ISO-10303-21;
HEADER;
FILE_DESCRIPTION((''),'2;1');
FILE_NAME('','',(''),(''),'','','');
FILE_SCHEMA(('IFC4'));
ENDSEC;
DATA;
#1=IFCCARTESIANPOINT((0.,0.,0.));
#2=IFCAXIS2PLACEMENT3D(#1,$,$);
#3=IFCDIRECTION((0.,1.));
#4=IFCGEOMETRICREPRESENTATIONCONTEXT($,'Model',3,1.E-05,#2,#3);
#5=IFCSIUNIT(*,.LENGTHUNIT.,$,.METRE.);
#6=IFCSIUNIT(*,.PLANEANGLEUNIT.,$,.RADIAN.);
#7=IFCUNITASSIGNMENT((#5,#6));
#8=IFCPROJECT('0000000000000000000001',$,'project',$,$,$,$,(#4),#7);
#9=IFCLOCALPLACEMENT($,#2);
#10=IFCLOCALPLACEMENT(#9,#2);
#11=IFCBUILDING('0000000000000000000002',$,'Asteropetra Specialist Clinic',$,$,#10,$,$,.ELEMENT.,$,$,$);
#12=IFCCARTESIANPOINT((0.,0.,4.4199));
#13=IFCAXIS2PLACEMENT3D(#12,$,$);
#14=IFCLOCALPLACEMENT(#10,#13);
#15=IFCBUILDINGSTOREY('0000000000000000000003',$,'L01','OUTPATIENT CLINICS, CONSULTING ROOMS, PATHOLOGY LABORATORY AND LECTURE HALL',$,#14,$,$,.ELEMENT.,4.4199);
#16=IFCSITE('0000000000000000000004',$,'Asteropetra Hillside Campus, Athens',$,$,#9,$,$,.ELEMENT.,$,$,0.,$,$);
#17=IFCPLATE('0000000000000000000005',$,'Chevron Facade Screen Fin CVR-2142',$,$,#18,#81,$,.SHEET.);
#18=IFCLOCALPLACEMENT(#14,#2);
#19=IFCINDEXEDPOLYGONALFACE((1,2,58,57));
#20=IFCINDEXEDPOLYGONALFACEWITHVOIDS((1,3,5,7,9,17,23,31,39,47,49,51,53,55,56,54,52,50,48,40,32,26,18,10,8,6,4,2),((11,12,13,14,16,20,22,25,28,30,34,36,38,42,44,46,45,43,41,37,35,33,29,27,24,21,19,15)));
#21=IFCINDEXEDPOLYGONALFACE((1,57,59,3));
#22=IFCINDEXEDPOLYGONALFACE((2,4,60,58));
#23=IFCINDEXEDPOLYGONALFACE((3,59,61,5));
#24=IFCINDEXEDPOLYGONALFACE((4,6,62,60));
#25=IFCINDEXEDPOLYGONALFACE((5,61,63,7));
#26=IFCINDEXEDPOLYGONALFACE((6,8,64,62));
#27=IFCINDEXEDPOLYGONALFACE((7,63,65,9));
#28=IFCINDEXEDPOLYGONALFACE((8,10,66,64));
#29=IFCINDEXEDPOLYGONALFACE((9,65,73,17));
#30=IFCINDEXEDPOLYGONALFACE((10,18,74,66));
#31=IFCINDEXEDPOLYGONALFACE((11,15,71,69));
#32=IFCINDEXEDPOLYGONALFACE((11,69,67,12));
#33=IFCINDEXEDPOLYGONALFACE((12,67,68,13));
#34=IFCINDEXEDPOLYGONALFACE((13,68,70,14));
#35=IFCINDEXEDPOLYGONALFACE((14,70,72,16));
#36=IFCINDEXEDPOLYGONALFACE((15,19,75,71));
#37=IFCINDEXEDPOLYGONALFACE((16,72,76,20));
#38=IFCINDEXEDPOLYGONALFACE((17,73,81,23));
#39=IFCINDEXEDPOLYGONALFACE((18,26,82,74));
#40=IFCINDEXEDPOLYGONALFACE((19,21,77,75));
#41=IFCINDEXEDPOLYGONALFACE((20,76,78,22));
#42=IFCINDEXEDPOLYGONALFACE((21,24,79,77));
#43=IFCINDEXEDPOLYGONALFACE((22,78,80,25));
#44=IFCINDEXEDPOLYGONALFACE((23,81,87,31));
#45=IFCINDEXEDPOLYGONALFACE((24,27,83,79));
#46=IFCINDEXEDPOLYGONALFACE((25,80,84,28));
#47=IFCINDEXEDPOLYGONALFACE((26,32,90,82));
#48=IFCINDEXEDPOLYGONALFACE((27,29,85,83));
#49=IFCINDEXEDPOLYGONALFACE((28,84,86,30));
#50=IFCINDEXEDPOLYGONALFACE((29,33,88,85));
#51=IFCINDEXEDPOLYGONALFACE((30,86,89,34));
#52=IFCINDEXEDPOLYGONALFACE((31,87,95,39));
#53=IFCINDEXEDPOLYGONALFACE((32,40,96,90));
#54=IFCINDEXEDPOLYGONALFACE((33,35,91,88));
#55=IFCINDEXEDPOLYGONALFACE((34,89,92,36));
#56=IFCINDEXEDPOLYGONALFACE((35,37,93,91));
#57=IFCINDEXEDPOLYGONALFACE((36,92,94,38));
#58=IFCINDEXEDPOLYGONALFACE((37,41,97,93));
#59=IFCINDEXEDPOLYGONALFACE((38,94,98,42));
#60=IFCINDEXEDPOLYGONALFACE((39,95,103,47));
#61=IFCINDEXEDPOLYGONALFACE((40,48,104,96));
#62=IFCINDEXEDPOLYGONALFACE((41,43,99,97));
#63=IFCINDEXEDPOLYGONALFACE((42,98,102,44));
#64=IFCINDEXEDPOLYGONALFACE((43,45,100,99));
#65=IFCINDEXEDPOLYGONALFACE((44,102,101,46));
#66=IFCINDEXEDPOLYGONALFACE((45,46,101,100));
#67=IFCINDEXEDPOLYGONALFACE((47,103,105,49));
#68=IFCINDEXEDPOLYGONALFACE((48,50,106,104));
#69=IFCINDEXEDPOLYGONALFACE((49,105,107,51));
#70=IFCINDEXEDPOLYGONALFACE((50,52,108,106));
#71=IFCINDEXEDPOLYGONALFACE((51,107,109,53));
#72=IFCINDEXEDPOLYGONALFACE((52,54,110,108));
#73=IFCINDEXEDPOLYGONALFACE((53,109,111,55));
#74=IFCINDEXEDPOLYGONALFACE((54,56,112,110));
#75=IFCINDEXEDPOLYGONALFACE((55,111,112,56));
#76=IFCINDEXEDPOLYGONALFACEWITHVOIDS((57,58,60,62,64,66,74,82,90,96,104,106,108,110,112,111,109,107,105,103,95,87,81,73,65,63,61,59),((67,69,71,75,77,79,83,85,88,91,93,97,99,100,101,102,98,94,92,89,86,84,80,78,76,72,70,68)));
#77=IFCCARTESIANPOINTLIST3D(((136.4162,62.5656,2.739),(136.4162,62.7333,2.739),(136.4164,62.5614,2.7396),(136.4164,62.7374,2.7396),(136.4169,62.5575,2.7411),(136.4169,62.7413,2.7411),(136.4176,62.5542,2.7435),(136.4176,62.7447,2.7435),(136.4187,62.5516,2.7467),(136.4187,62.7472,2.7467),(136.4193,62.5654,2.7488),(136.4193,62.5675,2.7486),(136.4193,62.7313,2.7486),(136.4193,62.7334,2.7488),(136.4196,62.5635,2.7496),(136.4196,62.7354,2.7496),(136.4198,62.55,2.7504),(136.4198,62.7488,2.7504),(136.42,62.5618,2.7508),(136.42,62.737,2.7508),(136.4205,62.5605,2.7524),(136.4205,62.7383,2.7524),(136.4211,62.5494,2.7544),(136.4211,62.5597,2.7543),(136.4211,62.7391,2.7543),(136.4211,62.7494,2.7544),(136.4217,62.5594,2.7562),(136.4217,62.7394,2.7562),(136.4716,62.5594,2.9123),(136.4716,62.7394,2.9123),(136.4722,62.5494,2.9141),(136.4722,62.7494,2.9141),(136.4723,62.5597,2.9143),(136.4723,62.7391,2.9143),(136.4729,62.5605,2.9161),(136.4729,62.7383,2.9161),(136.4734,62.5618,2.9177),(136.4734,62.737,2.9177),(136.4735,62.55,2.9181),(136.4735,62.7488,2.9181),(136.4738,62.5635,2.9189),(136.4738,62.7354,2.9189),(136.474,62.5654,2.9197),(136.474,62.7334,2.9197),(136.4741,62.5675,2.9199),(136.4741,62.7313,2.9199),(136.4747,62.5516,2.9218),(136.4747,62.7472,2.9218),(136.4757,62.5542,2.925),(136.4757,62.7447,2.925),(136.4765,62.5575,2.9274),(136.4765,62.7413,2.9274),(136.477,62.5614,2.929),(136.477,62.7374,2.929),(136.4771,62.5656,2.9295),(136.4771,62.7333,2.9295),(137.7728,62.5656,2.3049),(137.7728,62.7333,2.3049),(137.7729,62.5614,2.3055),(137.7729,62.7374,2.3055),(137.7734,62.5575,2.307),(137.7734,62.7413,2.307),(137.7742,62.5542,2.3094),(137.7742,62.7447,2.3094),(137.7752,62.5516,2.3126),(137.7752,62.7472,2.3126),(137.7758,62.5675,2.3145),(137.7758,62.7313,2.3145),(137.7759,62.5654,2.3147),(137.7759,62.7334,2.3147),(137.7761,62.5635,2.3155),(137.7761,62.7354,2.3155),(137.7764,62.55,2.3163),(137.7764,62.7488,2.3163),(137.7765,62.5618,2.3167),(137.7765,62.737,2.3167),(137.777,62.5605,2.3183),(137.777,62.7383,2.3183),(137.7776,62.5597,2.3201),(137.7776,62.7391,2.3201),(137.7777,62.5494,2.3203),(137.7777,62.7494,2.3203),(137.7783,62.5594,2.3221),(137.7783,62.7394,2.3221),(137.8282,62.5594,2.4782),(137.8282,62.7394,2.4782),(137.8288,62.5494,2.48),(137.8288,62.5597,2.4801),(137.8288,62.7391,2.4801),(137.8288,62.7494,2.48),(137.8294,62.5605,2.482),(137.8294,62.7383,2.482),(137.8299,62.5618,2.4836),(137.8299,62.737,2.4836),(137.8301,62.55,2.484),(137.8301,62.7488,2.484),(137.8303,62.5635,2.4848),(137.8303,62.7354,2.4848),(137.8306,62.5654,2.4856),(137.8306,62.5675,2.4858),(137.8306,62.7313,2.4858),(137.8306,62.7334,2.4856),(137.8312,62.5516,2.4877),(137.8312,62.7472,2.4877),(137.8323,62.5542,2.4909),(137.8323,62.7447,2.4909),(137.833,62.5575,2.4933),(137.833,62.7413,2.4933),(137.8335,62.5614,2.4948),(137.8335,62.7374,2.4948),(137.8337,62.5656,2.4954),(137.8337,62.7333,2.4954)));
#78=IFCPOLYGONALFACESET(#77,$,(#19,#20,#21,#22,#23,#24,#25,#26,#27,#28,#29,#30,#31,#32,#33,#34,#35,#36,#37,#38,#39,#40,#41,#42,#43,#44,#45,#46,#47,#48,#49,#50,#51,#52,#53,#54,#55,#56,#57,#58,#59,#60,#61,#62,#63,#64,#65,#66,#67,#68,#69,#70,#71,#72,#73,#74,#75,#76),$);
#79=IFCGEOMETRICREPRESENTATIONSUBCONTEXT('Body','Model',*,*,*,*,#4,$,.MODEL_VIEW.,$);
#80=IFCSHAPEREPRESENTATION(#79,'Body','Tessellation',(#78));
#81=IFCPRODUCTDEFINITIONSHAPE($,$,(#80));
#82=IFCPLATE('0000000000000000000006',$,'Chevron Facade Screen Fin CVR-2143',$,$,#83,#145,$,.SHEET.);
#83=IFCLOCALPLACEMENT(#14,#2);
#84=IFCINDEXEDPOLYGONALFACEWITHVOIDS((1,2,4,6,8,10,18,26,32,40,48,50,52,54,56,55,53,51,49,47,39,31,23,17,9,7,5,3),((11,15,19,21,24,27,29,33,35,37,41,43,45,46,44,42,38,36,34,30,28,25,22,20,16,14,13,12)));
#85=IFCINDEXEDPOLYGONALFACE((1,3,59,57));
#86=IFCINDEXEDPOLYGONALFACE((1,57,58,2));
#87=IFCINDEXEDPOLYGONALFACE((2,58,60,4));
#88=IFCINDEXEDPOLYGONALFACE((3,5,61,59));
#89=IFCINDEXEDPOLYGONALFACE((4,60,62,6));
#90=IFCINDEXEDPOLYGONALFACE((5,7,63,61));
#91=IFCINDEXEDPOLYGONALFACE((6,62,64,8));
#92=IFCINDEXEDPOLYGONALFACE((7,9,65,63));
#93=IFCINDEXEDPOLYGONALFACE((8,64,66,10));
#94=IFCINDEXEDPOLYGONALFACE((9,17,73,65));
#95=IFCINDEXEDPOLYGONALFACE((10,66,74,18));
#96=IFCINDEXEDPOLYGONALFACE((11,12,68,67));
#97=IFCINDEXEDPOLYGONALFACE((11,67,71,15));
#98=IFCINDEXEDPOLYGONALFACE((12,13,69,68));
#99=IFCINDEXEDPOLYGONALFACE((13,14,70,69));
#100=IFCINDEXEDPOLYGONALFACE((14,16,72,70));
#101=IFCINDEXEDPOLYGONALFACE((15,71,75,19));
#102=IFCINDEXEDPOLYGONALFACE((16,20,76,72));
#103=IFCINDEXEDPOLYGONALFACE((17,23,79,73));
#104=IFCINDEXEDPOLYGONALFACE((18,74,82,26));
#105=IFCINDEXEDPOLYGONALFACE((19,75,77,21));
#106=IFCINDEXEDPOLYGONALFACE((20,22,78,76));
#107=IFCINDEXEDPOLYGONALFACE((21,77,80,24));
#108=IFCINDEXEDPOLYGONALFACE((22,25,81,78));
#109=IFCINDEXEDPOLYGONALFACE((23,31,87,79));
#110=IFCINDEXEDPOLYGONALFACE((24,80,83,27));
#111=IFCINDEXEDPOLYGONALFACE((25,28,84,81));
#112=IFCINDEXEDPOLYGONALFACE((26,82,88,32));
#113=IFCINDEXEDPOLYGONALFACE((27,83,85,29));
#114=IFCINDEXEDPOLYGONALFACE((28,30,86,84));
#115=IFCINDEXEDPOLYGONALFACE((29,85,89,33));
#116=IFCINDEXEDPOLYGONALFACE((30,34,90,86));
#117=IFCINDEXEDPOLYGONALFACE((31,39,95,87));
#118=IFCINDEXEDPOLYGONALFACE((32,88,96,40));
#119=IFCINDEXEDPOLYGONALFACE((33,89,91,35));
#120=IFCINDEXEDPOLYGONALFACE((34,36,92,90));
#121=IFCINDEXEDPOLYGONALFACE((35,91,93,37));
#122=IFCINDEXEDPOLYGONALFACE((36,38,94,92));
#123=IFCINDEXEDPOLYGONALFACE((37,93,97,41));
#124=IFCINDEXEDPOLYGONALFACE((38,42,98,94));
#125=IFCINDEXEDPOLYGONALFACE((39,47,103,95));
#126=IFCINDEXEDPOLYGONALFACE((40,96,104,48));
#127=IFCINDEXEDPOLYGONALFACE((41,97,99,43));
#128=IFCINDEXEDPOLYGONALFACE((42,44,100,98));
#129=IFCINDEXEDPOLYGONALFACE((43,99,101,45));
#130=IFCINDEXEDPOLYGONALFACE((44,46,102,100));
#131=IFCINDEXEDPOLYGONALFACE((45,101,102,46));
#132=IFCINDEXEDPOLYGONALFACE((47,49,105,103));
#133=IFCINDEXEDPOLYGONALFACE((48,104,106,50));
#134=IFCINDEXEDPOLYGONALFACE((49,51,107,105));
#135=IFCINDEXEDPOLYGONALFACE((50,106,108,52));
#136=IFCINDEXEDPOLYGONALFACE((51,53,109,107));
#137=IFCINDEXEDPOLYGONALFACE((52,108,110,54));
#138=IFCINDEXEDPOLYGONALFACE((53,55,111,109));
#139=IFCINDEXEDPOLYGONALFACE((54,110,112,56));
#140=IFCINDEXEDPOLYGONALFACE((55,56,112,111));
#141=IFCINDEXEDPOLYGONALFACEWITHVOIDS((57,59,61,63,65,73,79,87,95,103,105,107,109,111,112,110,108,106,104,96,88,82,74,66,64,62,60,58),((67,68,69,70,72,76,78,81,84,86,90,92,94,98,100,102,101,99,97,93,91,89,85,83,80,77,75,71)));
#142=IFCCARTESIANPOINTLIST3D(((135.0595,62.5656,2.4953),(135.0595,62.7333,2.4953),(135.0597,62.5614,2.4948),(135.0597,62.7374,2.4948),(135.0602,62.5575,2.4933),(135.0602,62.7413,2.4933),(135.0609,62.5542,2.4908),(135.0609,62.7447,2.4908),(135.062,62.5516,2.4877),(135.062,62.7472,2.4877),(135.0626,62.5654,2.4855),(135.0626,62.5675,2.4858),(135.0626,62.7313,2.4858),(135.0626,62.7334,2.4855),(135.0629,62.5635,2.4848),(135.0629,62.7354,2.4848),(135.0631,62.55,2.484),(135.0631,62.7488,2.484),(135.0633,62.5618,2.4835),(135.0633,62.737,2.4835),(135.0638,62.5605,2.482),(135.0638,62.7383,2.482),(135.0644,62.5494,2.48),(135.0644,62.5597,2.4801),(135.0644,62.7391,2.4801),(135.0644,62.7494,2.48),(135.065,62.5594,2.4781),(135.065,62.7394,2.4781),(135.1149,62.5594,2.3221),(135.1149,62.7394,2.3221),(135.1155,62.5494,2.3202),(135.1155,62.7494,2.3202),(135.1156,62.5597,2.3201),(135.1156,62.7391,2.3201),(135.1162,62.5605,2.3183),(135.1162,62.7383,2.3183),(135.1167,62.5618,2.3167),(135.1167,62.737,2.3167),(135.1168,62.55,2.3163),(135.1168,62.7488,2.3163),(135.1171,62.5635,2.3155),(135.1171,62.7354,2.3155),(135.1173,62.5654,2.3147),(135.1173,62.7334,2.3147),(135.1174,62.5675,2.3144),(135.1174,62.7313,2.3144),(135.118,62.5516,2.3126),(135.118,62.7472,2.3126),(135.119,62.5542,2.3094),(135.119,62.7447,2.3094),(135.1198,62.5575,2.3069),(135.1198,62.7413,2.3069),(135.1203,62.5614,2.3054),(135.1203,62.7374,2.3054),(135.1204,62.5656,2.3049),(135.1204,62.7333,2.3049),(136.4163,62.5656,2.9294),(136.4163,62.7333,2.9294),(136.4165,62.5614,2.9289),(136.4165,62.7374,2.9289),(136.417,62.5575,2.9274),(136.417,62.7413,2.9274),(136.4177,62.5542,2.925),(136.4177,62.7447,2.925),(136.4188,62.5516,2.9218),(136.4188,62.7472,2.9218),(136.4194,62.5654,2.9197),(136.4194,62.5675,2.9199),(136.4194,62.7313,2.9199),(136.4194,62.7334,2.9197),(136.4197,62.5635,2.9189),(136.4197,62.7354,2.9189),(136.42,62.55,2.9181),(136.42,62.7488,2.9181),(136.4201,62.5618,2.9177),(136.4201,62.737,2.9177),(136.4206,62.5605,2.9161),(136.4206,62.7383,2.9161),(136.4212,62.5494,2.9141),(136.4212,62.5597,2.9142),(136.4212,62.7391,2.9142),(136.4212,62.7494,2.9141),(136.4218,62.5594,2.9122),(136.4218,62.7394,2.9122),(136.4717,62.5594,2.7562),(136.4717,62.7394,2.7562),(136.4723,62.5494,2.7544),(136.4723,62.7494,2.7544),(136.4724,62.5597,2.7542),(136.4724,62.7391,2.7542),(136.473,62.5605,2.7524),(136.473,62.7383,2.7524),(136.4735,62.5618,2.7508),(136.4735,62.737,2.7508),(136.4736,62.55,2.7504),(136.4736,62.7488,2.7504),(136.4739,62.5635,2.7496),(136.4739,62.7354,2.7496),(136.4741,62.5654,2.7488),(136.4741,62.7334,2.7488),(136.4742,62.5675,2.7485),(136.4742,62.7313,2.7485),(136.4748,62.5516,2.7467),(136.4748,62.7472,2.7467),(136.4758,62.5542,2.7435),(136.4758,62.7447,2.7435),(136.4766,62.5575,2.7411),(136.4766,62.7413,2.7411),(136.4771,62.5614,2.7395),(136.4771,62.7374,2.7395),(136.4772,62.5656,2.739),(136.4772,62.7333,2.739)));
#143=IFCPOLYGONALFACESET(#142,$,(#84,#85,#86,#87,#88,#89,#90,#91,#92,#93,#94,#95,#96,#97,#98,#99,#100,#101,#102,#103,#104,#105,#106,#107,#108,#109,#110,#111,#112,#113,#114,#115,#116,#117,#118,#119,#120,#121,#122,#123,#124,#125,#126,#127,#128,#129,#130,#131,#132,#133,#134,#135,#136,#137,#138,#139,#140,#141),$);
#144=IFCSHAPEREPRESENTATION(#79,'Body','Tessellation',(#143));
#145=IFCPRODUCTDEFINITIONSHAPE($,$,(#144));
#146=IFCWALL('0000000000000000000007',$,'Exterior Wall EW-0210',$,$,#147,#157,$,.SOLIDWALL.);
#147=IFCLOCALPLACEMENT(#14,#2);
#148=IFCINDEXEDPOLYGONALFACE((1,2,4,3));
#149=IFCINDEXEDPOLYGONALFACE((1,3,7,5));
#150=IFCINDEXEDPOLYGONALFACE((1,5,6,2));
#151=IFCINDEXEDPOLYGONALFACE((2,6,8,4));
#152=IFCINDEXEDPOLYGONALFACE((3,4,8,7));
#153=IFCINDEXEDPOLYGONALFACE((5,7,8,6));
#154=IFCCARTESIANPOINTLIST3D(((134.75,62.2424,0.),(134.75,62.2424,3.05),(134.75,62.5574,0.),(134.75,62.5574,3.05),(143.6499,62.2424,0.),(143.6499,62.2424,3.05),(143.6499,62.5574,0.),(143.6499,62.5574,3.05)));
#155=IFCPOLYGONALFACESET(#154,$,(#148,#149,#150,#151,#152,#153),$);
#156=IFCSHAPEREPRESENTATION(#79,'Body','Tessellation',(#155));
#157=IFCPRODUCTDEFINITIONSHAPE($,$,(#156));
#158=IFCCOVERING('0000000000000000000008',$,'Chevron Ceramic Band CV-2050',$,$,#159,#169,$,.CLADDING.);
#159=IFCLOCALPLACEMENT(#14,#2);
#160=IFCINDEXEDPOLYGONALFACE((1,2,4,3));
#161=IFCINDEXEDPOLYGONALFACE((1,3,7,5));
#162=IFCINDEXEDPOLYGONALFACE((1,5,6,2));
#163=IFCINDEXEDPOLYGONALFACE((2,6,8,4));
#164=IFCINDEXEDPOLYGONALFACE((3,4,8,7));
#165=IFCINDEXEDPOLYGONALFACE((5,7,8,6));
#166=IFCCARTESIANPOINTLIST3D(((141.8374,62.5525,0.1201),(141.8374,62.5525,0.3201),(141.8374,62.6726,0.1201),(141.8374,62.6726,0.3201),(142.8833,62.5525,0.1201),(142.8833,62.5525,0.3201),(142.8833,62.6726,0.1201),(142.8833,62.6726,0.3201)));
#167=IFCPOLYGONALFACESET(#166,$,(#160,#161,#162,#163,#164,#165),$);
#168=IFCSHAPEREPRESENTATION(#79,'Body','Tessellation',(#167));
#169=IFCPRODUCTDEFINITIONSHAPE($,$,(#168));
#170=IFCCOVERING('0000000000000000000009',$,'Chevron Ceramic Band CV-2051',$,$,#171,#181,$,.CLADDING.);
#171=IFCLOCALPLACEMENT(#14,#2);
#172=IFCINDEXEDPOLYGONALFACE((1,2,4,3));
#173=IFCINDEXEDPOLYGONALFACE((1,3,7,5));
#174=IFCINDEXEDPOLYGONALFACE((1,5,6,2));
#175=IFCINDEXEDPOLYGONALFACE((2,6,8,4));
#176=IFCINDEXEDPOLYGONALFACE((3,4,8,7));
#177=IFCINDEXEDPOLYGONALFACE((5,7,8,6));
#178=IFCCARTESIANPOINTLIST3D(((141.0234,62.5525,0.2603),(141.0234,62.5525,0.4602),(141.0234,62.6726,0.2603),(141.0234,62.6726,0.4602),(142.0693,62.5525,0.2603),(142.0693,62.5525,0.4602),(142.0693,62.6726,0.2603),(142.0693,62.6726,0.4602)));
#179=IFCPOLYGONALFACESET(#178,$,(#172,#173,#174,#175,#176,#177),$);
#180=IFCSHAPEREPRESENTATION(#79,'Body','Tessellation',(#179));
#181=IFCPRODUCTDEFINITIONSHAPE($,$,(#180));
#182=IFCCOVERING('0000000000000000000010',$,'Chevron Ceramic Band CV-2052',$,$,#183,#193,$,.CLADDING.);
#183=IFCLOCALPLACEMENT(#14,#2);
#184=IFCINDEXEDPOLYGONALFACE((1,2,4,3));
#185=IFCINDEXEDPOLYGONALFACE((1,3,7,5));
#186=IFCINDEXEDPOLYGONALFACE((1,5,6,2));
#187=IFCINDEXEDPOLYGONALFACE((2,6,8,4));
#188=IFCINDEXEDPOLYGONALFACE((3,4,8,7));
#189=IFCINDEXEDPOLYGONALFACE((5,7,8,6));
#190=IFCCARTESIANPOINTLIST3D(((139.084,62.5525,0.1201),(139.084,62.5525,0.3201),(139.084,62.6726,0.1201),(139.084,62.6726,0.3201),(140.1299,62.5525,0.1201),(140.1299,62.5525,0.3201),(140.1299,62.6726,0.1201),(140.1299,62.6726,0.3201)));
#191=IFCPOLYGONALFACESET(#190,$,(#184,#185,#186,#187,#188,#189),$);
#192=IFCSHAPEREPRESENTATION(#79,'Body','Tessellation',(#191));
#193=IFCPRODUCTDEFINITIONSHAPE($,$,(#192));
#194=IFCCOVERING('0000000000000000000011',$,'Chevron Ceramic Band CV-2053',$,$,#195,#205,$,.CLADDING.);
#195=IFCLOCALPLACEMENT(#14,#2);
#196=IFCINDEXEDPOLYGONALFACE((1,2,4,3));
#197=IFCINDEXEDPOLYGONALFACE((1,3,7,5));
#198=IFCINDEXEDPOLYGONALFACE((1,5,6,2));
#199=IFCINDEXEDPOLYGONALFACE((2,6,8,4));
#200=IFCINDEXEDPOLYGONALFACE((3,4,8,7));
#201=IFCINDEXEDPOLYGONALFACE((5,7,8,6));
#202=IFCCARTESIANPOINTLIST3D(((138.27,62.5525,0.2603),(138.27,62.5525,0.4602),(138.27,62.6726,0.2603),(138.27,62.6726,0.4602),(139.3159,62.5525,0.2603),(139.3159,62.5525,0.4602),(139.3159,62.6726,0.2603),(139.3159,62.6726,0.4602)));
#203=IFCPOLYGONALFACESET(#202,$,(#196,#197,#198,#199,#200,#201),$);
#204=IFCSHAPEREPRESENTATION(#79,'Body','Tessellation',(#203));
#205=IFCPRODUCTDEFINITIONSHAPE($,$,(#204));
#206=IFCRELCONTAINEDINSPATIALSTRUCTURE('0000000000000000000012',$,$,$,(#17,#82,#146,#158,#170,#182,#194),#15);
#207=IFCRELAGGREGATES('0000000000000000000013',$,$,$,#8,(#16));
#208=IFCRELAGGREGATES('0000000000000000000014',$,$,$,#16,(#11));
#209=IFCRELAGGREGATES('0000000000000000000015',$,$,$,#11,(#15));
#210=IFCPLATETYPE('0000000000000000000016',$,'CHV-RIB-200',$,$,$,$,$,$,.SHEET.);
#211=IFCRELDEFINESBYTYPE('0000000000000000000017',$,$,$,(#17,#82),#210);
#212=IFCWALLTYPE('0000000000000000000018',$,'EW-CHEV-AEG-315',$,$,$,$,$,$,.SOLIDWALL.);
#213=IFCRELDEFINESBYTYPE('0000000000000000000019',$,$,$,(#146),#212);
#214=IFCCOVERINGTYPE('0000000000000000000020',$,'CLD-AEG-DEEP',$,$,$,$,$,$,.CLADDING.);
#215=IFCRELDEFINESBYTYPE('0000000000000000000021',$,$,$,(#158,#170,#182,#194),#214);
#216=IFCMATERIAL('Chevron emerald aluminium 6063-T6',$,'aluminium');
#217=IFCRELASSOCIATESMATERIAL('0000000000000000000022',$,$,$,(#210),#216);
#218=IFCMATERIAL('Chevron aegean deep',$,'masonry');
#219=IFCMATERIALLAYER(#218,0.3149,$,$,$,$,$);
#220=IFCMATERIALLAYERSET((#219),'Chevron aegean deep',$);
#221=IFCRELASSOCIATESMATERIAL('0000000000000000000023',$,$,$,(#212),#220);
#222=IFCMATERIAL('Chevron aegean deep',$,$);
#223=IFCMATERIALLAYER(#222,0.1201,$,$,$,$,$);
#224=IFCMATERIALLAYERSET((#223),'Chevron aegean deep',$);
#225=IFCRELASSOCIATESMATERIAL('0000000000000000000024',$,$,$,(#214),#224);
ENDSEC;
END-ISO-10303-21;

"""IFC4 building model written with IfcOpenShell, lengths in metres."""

from ifc_helpers import new_model, si_unit, direction, frame, frame_2d, origin, origin_2d, place, context, subcontext, project, spatial, rectangle, hollow_rectangle, extrude, material, layer, layer_set, material_profile, profile_set, type_object, element, save


model = new_model("IFC4")

# Units and contexts
model_context = context("Model", 3, precision=1e-05, world=origin(), true_north=direction((0.0, 1.0)))
body_context = subcontext(model_context, "Body", "Model", "MODEL_VIEW")
ifc_project = project(units=[si_unit("LENGTHUNIT", "METRE"), si_unit("PLANEANGLEUNIT", "RADIAN")], contexts=[model_context])

# Site, building, storey
site_placement = place(None, origin())
site = spatial("IfcSite", under=ifc_project, at=site_placement, Name="Asteropetra Hillside Campus, Athens", CompositionType="ELEMENT", RefElevation=0.0)
building_placement = place(site_placement, origin())
building = spatial("IfcBuilding", under=site, at=building_placement, Name="Asteropetra Specialist Clinic", CompositionType="ELEMENT")
storey_placement = place(building_placement, frame((0.0, 0.0, 4.4199)))
storey = spatial("IfcBuildingStorey", under=building, at=storey_placement, Name="L01", Description="OUTPATIENT CLINICS, CONSULTING ROOMS, PATHOLOGY LABORATORY AND LECTURE HALL", CompositionType="ELEMENT", Elevation=4.4199)

# Plates
ifc_material_1 = material(Name="Chevron emerald aluminium 6063-T6", Category="aluminium")
ifc_material_profile_1 = material_profile(ifc_material_1, hollow_rectangle(XDim=0.2, YDim=0.2, WallThickness=0.01, InnerFilletRadius=0.0081, OuterFilletRadius=0.0161, at=origin_2d()), Name="SHS 200x200x10.0")
ifc_profile_set_1 = profile_set([ifc_material_profile_1], Name="Chevron emerald aluminium 6063-T6")
plate_type = type_object("IfcPlateType", Name="CHV-RIB-200", PredefinedType="SHEET", material=ifc_profile_set_1)
plate_1_placement = place(storey_placement, frame((137.8032, 62.6494, 2.4001), z_axis=(-0.95242, 0.0, 0.304788), x_axis=(0.0, -1.0, 0.0)))
element("IfcPlate", 1, at=plate_1_placement, inside=storey, type_object=plate_type, Name="Chevron Facade Screen Fin CVR-2142", PredefinedType="SHEET", context=body_context, shape_type="SweptSolid", body=[
    extrude(hollow_rectangle(XDim=0.2, YDim=0.2, WallThickness=0.01, InnerFilletRadius=0.0081, OuterFilletRadius=0.0161, at=origin_2d()), origin(), (0.0, 0.0, 1.0), 1.4243),
])
plate_2_placement = place(storey_placement, frame((136.4468, 62.6494, 2.8342), z_axis=(-0.952436, 0.0, -0.304738), x_axis=(0.0, -1.0, 0.0)))
element("IfcPlate", 2, at=plate_2_placement, inside=storey, type_object=plate_type, Name="Chevron Facade Screen Fin CVR-2143", PredefinedType="SHEET", context=body_context, shape_type="SweptSolid", body=[
    extrude(hollow_rectangle(XDim=0.2, YDim=0.2, WallThickness=0.01, InnerFilletRadius=0.0081, OuterFilletRadius=0.0161, at=origin_2d()), origin(), (0.0, 0.0, 1.0), 1.4246),
])

# Wall
ifc_material_2 = material(Name="Chevron aegean deep", Category="masonry")
ifc_layer_1 = layer(ifc_material_2, 0.3149)
ifc_layer_set_1 = layer_set([ifc_layer_1], Name="Chevron aegean deep")
wall_type = type_object("IfcWallType", Name="EW-CHEV-AEG-315", PredefinedType="SOLIDWALL", material=ifc_layer_set_1)
wall_placement = place(storey_placement, frame((143.6499, 62.3999, 0.0), z_axis=(0.0, 0.0, 1.0), x_axis=(-1.0, 0.0, 0.0)))
element("IfcWall", 3, at=wall_placement, inside=storey, type_object=wall_type, Name="Exterior Wall EW-0210", PredefinedType="SOLIDWALL", context=body_context, shape_type="SweptSolid", body=[
    extrude(rectangle(XDim=8.8999, YDim=0.3149, at=frame_2d((4.45, 0.0))), origin(), (0.0, 0.0, 1.0), 3.05),
])

# Coverings
ifc_material_3 = material(Name="Chevron aegean deep")
ifc_layer_2 = layer(ifc_material_3, 0.1201)
ifc_layer_set_2 = layer_set([ifc_layer_2], Name="Chevron aegean deep")
covering_type = type_object("IfcCoveringType", Name="CLD-AEG-DEEP", PredefinedType="CLADDING", material=ifc_layer_set_2)
for number, where, z_axis, x_axis, name in (
    (4, (142.3604, 62.6125, 0.1201), (0.0, 0.0, 1.0), (1.0, 0.0, 0.0), "Chevron Ceramic Band CV-2050"),
    (5, (141.5464, 62.6125, 0.2603), (0.0, 0.0, 1.0), (1.0, 0.0, 0.0), "Chevron Ceramic Band CV-2051"),
    (6, (139.6069, 62.6125, 0.1201), (0.0, 0.0, 1.0), (1.0, 0.0, 0.0), "Chevron Ceramic Band CV-2052"),
    (7, (138.793, 62.6125, 0.2603), (0.0, 0.0, 1.0), (1.0, 0.0, 0.0), "Chevron Ceramic Band CV-2053"),
):
    element("IfcCovering", number, at=place(storey_placement, frame(where, z_axis=z_axis, x_axis=x_axis)), inside=storey, type_object=covering_type, Name=name, PredefinedType="CLADDING", context=body_context, shape_type="SweptSolid", body=[
        extrude(rectangle(XDim=1.0459, YDim=0.1201, at=origin_2d()), origin(), (0.0, 0.0, 1.0), 0.2),
    ])

save(model, "model.ifc")
